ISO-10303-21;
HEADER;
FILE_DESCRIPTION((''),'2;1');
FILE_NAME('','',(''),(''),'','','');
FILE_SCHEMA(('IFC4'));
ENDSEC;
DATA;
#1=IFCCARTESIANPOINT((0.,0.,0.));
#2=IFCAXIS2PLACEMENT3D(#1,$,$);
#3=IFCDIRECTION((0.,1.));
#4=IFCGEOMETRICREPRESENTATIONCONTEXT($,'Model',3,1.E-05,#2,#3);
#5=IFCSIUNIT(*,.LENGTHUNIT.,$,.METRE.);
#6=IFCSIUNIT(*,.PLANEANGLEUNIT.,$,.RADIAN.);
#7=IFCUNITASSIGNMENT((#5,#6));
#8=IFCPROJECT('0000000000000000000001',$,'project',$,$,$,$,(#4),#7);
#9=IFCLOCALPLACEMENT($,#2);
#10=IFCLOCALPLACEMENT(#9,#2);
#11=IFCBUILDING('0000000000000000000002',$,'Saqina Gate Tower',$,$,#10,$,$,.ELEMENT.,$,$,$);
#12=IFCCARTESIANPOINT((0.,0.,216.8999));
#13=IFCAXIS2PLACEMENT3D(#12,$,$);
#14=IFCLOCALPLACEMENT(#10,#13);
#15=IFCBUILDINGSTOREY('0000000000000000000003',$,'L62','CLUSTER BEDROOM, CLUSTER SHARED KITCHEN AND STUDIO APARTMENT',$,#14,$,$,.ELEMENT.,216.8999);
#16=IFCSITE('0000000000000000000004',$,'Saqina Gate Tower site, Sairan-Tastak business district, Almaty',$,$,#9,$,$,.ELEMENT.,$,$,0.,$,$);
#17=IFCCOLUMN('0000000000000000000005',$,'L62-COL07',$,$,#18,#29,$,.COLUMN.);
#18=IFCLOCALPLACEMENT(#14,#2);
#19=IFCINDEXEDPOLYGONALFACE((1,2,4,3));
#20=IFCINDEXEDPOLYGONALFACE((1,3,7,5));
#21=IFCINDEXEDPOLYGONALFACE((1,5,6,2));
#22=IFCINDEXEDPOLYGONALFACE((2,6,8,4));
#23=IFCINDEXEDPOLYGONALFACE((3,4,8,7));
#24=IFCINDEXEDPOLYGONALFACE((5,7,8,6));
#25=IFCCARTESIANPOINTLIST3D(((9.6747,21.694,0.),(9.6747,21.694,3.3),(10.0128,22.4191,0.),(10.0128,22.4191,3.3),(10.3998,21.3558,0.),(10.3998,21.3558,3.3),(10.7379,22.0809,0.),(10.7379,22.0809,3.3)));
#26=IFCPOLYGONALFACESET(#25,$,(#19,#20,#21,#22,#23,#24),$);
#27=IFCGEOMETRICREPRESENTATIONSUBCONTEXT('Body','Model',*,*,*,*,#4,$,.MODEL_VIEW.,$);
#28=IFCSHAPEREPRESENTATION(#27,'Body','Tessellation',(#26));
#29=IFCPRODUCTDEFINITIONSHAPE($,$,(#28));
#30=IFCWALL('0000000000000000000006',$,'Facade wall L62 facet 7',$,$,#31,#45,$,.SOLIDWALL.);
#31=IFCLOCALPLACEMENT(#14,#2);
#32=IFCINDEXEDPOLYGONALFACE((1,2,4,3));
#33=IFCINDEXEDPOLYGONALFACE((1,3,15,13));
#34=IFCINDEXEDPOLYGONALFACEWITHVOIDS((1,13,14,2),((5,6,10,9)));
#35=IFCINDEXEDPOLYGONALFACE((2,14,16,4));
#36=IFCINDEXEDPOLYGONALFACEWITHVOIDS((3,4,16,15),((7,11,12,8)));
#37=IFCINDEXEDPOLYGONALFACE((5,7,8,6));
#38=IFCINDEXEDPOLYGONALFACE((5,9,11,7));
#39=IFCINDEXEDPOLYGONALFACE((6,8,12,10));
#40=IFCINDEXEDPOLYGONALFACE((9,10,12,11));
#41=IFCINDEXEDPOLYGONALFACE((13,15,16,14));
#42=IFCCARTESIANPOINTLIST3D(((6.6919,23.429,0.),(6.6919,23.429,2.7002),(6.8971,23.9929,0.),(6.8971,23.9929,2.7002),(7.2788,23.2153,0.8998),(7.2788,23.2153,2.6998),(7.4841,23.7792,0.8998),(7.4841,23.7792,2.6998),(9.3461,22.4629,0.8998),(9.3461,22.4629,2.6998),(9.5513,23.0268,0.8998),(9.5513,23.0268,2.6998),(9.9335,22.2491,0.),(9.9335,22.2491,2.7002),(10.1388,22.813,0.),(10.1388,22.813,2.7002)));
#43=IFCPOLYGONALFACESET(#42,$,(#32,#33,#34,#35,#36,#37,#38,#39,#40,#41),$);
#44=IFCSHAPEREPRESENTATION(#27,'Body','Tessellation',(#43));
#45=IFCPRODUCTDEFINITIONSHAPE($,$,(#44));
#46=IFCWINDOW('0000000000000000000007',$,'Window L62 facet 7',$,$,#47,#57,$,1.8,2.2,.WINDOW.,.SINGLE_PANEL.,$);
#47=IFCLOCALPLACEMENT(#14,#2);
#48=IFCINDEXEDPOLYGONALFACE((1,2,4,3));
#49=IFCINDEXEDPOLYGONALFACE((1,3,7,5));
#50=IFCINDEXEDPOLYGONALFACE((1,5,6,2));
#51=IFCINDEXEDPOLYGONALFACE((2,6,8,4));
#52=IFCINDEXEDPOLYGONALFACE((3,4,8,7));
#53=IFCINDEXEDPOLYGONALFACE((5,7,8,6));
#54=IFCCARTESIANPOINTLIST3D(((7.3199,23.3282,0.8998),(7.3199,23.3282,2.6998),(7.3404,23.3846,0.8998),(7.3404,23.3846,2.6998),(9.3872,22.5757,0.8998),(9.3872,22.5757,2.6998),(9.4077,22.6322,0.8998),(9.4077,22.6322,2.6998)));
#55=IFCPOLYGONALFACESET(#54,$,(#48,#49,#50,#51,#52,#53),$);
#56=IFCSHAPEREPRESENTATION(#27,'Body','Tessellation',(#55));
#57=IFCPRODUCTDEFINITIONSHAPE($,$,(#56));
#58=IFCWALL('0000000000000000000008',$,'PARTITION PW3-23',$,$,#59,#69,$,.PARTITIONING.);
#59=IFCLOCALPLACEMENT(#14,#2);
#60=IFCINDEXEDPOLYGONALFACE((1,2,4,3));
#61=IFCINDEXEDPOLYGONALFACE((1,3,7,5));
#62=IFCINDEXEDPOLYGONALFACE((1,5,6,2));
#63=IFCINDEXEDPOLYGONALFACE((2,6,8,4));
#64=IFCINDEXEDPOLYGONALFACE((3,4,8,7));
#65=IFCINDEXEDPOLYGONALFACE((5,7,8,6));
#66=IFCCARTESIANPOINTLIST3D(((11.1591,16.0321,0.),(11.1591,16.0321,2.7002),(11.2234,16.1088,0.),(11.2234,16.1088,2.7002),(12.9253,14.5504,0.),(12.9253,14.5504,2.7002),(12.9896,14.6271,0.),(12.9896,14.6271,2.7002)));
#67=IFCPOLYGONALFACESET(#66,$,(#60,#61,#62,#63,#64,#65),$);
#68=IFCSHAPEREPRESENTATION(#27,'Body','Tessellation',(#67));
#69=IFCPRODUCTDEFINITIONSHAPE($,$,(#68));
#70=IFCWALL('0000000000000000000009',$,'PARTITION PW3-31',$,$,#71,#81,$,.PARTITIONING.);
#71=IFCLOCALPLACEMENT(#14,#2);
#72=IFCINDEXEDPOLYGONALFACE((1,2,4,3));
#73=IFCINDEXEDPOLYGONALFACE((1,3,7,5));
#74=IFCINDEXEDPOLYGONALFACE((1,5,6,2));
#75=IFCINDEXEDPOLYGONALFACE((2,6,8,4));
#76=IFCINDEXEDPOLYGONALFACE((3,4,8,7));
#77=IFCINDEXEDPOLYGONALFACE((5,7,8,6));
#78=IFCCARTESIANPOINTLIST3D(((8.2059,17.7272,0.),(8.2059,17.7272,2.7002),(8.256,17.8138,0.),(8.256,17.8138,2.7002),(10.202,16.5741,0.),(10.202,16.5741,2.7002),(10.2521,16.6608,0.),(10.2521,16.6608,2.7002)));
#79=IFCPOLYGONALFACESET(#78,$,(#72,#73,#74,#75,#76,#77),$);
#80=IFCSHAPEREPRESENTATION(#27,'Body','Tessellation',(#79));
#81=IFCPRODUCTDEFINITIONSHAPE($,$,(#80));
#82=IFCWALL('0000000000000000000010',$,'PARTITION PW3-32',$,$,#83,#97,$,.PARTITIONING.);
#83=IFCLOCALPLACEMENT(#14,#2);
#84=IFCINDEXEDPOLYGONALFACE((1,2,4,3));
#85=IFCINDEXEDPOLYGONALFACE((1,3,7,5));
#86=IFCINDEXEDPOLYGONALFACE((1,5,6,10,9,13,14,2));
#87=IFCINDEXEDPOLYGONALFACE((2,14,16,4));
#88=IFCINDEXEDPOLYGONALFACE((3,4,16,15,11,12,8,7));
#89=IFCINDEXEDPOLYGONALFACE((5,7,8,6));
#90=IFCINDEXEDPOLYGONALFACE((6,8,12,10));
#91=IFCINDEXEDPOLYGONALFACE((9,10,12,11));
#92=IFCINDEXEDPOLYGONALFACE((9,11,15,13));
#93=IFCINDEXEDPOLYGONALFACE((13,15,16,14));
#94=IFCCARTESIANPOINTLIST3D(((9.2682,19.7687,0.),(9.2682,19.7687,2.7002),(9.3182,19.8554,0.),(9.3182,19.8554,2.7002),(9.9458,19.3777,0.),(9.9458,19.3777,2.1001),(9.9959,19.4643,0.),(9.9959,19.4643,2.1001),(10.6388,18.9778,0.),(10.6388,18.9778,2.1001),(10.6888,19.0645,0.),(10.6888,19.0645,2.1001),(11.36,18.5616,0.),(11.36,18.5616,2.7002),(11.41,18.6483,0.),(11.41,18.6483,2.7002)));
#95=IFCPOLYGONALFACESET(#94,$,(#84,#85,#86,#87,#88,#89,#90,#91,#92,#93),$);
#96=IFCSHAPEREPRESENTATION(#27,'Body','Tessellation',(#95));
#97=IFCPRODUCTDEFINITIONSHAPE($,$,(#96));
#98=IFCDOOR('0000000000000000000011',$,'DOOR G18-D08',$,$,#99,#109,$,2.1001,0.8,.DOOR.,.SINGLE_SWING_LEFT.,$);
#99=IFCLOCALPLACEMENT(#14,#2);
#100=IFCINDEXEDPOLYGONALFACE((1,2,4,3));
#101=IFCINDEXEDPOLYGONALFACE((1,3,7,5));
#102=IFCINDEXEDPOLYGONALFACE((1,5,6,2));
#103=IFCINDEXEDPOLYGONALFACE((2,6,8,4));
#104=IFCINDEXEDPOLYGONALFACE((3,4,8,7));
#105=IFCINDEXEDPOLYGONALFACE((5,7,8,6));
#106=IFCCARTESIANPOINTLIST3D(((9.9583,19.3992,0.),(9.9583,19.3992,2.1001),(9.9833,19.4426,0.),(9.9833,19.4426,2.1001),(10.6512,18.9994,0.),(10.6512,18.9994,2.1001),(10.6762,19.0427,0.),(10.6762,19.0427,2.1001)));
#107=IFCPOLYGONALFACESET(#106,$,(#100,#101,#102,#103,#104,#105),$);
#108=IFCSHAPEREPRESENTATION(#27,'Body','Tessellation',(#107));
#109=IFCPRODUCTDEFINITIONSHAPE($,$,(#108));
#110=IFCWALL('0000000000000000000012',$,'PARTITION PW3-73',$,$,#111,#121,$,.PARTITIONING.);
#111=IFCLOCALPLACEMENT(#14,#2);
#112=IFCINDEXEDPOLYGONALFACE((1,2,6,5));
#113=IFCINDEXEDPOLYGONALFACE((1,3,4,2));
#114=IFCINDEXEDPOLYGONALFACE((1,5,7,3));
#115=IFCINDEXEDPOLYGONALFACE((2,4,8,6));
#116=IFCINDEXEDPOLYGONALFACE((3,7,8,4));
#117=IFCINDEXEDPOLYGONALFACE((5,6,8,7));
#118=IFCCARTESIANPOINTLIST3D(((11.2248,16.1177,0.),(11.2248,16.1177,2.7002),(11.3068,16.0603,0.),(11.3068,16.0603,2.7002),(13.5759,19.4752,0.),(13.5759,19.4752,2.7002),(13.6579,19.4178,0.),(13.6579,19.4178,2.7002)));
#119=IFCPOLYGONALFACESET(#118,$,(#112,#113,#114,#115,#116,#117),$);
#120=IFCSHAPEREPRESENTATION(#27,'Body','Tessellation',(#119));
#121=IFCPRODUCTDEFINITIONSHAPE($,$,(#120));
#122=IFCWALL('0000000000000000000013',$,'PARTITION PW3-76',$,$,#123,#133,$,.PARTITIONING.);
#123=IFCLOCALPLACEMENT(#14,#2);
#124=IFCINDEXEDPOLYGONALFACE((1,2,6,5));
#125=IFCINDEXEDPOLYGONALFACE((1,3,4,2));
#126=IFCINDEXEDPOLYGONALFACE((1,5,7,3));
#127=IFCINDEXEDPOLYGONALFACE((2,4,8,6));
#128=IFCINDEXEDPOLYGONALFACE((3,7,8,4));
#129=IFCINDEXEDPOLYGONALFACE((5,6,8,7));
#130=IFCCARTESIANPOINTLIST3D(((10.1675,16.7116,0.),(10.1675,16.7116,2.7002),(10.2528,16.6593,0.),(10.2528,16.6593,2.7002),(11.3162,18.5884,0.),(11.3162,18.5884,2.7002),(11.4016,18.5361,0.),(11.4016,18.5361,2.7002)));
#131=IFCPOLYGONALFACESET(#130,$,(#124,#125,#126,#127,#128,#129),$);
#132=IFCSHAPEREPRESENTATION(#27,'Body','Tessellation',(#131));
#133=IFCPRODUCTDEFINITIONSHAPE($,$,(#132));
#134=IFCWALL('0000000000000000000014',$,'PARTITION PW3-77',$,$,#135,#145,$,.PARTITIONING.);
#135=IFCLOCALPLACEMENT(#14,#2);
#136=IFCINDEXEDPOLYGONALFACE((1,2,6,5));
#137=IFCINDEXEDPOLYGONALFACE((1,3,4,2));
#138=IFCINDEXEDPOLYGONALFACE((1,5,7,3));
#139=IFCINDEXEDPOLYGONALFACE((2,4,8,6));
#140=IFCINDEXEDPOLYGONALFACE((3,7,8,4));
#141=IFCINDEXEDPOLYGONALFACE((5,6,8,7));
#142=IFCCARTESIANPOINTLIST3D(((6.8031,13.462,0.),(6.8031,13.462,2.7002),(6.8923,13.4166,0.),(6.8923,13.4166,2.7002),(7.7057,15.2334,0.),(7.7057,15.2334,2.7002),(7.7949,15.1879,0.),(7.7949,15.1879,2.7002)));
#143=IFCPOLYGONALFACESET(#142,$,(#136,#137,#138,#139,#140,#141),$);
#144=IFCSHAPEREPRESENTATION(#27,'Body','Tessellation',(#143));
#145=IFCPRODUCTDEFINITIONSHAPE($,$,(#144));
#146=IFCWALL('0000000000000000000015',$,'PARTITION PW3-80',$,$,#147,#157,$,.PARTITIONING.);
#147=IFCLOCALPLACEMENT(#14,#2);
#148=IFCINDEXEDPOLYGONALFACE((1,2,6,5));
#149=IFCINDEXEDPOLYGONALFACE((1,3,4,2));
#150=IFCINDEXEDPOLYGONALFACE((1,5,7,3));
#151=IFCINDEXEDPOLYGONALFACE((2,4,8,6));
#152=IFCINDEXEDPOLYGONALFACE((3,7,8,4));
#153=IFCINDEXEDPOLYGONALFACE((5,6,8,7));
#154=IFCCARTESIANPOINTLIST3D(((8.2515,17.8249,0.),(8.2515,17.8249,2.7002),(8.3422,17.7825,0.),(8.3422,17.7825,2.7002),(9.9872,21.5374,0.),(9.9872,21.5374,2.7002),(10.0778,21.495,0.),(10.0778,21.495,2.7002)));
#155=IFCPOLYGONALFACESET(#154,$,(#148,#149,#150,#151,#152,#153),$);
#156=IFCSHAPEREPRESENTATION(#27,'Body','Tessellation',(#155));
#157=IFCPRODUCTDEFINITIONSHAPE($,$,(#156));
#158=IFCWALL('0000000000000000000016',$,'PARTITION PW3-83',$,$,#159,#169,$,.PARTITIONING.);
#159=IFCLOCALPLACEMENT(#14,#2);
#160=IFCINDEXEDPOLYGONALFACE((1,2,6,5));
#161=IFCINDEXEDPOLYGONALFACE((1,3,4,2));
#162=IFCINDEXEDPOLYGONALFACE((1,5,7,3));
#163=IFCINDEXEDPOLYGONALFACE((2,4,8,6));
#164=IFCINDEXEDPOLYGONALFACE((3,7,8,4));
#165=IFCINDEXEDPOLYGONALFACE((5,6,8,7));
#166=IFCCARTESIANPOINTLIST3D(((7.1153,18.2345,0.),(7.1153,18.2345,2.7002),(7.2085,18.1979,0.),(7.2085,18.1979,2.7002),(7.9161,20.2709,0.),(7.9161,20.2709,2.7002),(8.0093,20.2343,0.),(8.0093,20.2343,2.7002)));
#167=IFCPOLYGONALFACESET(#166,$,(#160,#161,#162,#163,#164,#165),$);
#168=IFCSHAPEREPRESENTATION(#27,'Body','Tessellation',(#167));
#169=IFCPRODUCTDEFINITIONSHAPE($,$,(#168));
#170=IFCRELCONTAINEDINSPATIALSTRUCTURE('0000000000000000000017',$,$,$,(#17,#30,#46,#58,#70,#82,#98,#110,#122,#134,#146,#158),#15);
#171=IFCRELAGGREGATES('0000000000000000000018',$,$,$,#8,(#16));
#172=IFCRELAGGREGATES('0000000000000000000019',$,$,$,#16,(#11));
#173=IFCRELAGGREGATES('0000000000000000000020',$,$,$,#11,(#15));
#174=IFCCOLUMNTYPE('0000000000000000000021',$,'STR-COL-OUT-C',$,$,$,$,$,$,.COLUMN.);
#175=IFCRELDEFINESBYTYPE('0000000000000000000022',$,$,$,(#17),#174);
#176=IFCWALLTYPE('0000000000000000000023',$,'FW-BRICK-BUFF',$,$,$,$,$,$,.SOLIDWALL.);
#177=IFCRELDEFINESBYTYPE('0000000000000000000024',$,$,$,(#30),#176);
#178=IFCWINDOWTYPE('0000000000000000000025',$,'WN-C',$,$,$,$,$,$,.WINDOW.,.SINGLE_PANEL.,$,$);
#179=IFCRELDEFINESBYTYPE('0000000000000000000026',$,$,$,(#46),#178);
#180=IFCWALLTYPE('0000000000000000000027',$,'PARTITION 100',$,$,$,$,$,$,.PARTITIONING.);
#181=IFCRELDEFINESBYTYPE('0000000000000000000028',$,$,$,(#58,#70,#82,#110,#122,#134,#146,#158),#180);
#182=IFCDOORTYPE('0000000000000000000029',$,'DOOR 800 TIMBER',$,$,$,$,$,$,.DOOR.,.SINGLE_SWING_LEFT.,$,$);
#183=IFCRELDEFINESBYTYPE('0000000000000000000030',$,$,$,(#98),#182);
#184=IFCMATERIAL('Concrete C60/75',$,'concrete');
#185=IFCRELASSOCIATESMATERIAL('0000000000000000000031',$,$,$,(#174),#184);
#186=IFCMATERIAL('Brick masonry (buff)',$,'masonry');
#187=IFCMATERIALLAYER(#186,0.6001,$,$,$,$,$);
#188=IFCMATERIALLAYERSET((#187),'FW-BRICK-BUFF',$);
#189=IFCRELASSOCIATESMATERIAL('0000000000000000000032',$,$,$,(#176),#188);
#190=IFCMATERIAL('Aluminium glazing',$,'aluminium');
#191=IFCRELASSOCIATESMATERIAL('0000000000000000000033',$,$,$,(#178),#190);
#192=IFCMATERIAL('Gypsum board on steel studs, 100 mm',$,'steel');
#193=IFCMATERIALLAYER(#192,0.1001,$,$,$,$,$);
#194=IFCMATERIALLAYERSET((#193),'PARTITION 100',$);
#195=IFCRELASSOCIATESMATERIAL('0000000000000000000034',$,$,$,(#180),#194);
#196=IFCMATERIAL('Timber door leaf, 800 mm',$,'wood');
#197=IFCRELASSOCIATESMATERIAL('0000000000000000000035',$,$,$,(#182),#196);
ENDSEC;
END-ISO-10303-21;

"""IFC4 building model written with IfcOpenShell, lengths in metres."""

from ifc_helpers import new_model, si_unit, direction, frame, frame_2d, origin, origin_2d, place, context, subcontext, project, spatial, rectangle, extrude, material, layer, layer_set, material_profile, profile_set, type_object, element, fill, save


model = new_model("IFC4")

# Units and contexts
model_context = context("Model", 3, precision=1e-05, world=origin(), true_north=direction((0.0, 1.0)))
body_context = subcontext(model_context, "Body", "Model", "MODEL_VIEW")
ifc_project = project(units=[si_unit("LENGTHUNIT", "METRE"), si_unit("PLANEANGLEUNIT", "RADIAN")], contexts=[model_context])

# Site, building, storey
site_placement = place(None, origin())
site = spatial("IfcSite", under=ifc_project, at=site_placement, Name="Saqina Gate Tower site, Sairan-Tastak business district, Almaty", CompositionType="ELEMENT", RefElevation=0.0)
building_placement = place(site_placement, origin())
building = spatial("IfcBuilding", under=site, at=building_placement, Name="Saqina Gate Tower", CompositionType="ELEMENT")
storey_placement = place(building_placement, frame((0.0, 0.0, 216.8999)))
storey = spatial("IfcBuildingStorey", under=building, at=storey_placement, Name="L62", Description="CLUSTER BEDROOM, CLUSTER SHARED KITCHEN AND STUDIO APARTMENT", CompositionType="ELEMENT", Elevation=216.8999)

# Column
ifc_material_1 = material(Name="Concrete C60/75", Category="concrete")
ifc_material_profile = material_profile(ifc_material_1, rectangle(XDim=0.8, YDim=0.8, at=origin_2d()), Name="RC 800x800")
ifc_profile_set = profile_set([ifc_material_profile], Name="Concrete C60/75")
column_type = type_object("IfcColumnType", Name="STR-COL-OUT-C", PredefinedType="COLUMN", material=ifc_profile_set)
column_placement = place(storey_placement, frame((10.2063, 21.8875, 0.0), z_axis=(0.0, 0.0, 1.0), x_axis=(0.422618, 0.906308, 0.0)))
element("IfcColumn", 1, at=column_placement, inside=storey, type_object=column_type, Name="L62-COL07", PredefinedType="COLUMN", context=body_context, shape_type="SweptSolid", body=[
    extrude(rectangle(XDim=0.8, YDim=0.8, at=origin_2d()), origin(), (0.0, 0.0, 1.0), 3.3),
])

# Wall, opening, window
ifc_material_2 = material(Name="Brick masonry (buff)", Category="masonry")
ifc_layer_1 = layer(ifc_material_2, 0.6001)
ifc_layer_set_1 = layer_set([ifc_layer_1], Name="FW-BRICK-BUFF")
wall_type_1 = type_object("IfcWallType", Name="FW-BRICK-BUFF", PredefinedType="SOLIDWALL", material=ifc_layer_set_1)
wall_1_placement = place(storey_placement, frame((10.0361, 22.531, 0.0), z_axis=(0.0, 0.0, 1.0), x_axis=(-0.939688, 0.342033, 0.0)))
wall_1 = element("IfcWall", 2, at=wall_1_placement, inside=storey, type_object=wall_type_1, Name="Facade wall L62 facet 7", PredefinedType="SOLIDWALL", context=body_context, shape_type="SweptSolid", body=[
    extrude(rectangle(XDim=3.4497, YDim=0.6001, at=frame_2d((1.7249, 0.0))), origin(), (0.0, 0.0, 1.0), 2.7002),
])
opening_1_placement = place(wall_1_placement, frame((0.625, 0.0, 0.8999)))
opening_1 = element("IfcOpeningElement", 3, at=opening_1_placement, cuts=wall_1, PredefinedType="OPENING", context=body_context, shape_type="SweptSolid", body=[
    extrude(rectangle(XDim=2.2, YDim=1.8, at=frame_2d((1.1001, 0.8999))), frame((0.0, 0.312, 0.0), z_axis=(0.0, -1.0, 0.0), x_axis=(1.0, 0.0, 0.0)), (0.0, 0.0, 1.0), 0.624),
])
ifc_material_3 = material(Name="Aluminium glazing", Category="aluminium")
window_type = type_object("IfcWindowType", Name="WN-C", PartitioningType="SINGLE_PANEL", PredefinedType="WINDOW", material=ifc_material_3)
window_placement = place(opening_1_placement, origin())
window = element("IfcWindow", 4, at=window_placement, inside=storey, type_object=window_type, Name="Window L62 facet 7", OverallHeight=1.8, OverallWidth=2.2, PartitioningType="SINGLE_PANEL", PredefinedType="WINDOW", context=body_context, shape_type="SweptSolid", body=[
    extrude(rectangle(XDim=2.2, YDim=1.8, at=frame_2d((1.1001, 0.8999))), frame((0.0, 0.1799, 0.0), z_axis=(0.0, -1.0, 0.0), x_axis=(1.0, 0.0, 0.0)), (0.0, 0.0, 1.0), 0.0601),
])
fill(opening_1, window)

# Walls
ifc_material_4 = material(Name="Gypsum board on steel studs, 100 mm", Category="steel")
ifc_layer_2 = layer(ifc_material_4, 0.1001)
ifc_layer_set_2 = layer_set([ifc_layer_2], Name="PARTITION 100")
wall_type_2 = type_object("IfcWallType", Name="PARTITION 100", PredefinedType="PARTITIONING", material=ifc_layer_set_2)
wall_2_placement = place(storey_placement, frame((11.1912, 16.0706, 0.0), z_axis=(0.0, 0.0, 1.0), x_axis=(0.766099, -0.642723, 0.0)))
element("IfcWall", 5, at=wall_2_placement, inside=storey, type_object=wall_type_2, Name="PARTITION PW3-23", PredefinedType="PARTITIONING", context=body_context, shape_type="SweptSolid", body=[
    extrude(rectangle(XDim=2.3054, YDim=0.1001, at=frame_2d((1.1528, 0.0))), origin(), (0.0, 0.0, 1.0), 2.7002),
])
wall_3_placement = place(storey_placement, frame((8.231, 17.7705, 0.0), z_axis=(0.0, 0.0, 1.0), x_axis=(0.865907, -0.500205, 0.0)))
element("IfcWall", 6, at=wall_3_placement, inside=storey, type_object=wall_type_2, Name="PARTITION PW3-31", PredefinedType="PARTITIONING", context=body_context, shape_type="SweptSolid", body=[
    extrude(rectangle(XDim=2.3052, YDim=0.1001, at=frame_2d((1.1526, 0.0))), origin(), (0.0, 0.0, 1.0), 2.7002),
])

# Wall, opening, door
wall_4_placement = place(storey_placement, frame((9.2932, 19.812, 0.0), z_axis=(0.0, 0.0, 1.0), x_axis=(0.866145, -0.499792, 0.0)))
wall_4 = element("IfcWall", 7, at=wall_4_placement, inside=storey, type_object=wall_type_2, Name="PARTITION PW3-32", PredefinedType="PARTITIONING", context=body_context, shape_type="SweptSolid", body=[
    extrude(rectangle(XDim=2.415, YDim=0.1001, at=frame_2d((1.2075, 0.0))), origin(), (0.0, 0.0, 1.0), 2.7002),
])
opening_2_placement = place(wall_4_placement, frame((0.7825, 0.0, 0.0)))
opening_2 = element("IfcOpeningElement", 8, at=opening_2_placement, cuts=wall_4, PredefinedType="OPENING", context=body_context, shape_type="SweptSolid", body=[
    extrude(rectangle(XDim=0.8, YDim=2.1001, at=frame_2d((0.3999, 1.05))), frame((0.0, 0.062, 0.0), z_axis=(0.0, -1.0, 0.0), x_axis=(1.0, 0.0, 0.0)), (0.0, 0.0, 1.0), 0.124),
])
ifc_material_5 = material(Name="Timber door leaf, 800 mm", Category="wood")
door_type_1 = type_object("IfcDoorType", Name="DOOR 800 TIMBER", OperationType="SINGLE_SWING_LEFT", PredefinedType="DOOR", material=ifc_material_5)
door_1_placement = place(opening_2_placement, origin())
door_1 = element("IfcDoor", 9, at=door_1_placement, inside=storey, type_object=door_type_1, Name="DOOR G18-D08", OperationType="SINGLE_SWING_LEFT", OverallHeight=2.1001, OverallWidth=0.8, PredefinedType="DOOR", context=body_context, shape_type="SweptSolid", body=[
    extrude(rectangle(XDim=0.8, YDim=2.1001, at=frame_2d((0.3999, 1.05))), frame((0.0, 0.0249, 0.0), z_axis=(0.0, -1.0, 0.0), x_axis=(1.0, 0.0, 0.0)), (0.0, 0.0, 1.0), 0.05),
])
fill(opening_2, door_1)

# Walls
wall_5_placement = place(storey_placement, frame((11.2659, 16.0891, 0.0), z_axis=(0.0, 0.0, 1.0), x_axis=(0.573606, 0.819131, 0.0)))
element("IfcWall", 10, at=wall_5_placement, inside=storey, type_object=wall_type_2, Name="PARTITION PW3-73", PredefinedType="PARTITIONING", context=body_context, shape_type="SweptSolid", body=[
    extrude(rectangle(XDim=4.0989, YDim=0.1001, at=frame_2d((2.0493, 0.0))), origin(), (0.0, 0.0, 1.0), 2.7002),
])
wall_6_placement = place(storey_placement, frame((10.2102, 16.6855, 0.0), z_axis=(0.0, 0.0, 1.0), x_axis=(0.522047, 0.852917, 0.0)))
element("IfcWall", 11, at=wall_6_placement, inside=storey, type_object=wall_type_2, Name="PARTITION PW3-76", PredefinedType="PARTITIONING", context=body_context, shape_type="SweptSolid", body=[
    extrude(rectangle(XDim=2.2004, YDim=0.1001, at=frame_2d((1.1001, 0.0))), origin(), (0.0, 0.0, 1.0), 2.7002),
])
wall_7_placement = place(storey_placement, frame((6.8477, 13.4392, 0.0), z_axis=(0.0, 0.0, 1.0), x_axis=(0.454029, 0.890987, 0.0)))
element("IfcWall", 12, at=wall_7_placement, inside=storey, type_object=wall_type_2, Name="PARTITION PW3-77", PredefinedType="PARTITIONING", context=body_context, shape_type="SweptSolid", body=[
    extrude(rectangle(XDim=1.988, YDim=0.1001, at=frame_2d((0.9941, 0.0))), origin(), (0.0, 0.0, 1.0), 2.7002),
])
wall_8_placement = place(storey_placement, frame((8.2969, 17.8037, 0.0), z_axis=(0.0, 0.0, 1.0), x_axis=(0.423515, 0.905889, 0.0)))
element("IfcWall", 13, at=wall_8_placement, inside=storey, type_object=wall_type_2, Name="PARTITION PW3-80", PredefinedType="PARTITIONING", context=body_context, shape_type="SweptSolid", body=[
    extrude(rectangle(XDim=4.0981, YDim=0.1001, at=frame_2d((2.0491, 0.0))), origin(), (0.0, 0.0, 1.0), 2.7002),
])
wall_9_placement = place(storey_placement, frame((7.1619, 18.2161, 0.0), z_axis=(0.0, 0.0, 1.0), x_axis=(0.36596, 0.930631, 0.0)))
element("IfcWall", 14, at=wall_9_placement, inside=storey, type_object=wall_type_2, Name="PARTITION PW3-83", PredefinedType="PARTITIONING", context=body_context, shape_type="SweptSolid", body=[
    extrude(rectangle(XDim=2.1882, YDim=0.1001, at=frame_2d((1.0942, 0.0))), origin(), (0.0, 0.0, 1.0), 2.7002),
])

save(model, "model.ifc")
